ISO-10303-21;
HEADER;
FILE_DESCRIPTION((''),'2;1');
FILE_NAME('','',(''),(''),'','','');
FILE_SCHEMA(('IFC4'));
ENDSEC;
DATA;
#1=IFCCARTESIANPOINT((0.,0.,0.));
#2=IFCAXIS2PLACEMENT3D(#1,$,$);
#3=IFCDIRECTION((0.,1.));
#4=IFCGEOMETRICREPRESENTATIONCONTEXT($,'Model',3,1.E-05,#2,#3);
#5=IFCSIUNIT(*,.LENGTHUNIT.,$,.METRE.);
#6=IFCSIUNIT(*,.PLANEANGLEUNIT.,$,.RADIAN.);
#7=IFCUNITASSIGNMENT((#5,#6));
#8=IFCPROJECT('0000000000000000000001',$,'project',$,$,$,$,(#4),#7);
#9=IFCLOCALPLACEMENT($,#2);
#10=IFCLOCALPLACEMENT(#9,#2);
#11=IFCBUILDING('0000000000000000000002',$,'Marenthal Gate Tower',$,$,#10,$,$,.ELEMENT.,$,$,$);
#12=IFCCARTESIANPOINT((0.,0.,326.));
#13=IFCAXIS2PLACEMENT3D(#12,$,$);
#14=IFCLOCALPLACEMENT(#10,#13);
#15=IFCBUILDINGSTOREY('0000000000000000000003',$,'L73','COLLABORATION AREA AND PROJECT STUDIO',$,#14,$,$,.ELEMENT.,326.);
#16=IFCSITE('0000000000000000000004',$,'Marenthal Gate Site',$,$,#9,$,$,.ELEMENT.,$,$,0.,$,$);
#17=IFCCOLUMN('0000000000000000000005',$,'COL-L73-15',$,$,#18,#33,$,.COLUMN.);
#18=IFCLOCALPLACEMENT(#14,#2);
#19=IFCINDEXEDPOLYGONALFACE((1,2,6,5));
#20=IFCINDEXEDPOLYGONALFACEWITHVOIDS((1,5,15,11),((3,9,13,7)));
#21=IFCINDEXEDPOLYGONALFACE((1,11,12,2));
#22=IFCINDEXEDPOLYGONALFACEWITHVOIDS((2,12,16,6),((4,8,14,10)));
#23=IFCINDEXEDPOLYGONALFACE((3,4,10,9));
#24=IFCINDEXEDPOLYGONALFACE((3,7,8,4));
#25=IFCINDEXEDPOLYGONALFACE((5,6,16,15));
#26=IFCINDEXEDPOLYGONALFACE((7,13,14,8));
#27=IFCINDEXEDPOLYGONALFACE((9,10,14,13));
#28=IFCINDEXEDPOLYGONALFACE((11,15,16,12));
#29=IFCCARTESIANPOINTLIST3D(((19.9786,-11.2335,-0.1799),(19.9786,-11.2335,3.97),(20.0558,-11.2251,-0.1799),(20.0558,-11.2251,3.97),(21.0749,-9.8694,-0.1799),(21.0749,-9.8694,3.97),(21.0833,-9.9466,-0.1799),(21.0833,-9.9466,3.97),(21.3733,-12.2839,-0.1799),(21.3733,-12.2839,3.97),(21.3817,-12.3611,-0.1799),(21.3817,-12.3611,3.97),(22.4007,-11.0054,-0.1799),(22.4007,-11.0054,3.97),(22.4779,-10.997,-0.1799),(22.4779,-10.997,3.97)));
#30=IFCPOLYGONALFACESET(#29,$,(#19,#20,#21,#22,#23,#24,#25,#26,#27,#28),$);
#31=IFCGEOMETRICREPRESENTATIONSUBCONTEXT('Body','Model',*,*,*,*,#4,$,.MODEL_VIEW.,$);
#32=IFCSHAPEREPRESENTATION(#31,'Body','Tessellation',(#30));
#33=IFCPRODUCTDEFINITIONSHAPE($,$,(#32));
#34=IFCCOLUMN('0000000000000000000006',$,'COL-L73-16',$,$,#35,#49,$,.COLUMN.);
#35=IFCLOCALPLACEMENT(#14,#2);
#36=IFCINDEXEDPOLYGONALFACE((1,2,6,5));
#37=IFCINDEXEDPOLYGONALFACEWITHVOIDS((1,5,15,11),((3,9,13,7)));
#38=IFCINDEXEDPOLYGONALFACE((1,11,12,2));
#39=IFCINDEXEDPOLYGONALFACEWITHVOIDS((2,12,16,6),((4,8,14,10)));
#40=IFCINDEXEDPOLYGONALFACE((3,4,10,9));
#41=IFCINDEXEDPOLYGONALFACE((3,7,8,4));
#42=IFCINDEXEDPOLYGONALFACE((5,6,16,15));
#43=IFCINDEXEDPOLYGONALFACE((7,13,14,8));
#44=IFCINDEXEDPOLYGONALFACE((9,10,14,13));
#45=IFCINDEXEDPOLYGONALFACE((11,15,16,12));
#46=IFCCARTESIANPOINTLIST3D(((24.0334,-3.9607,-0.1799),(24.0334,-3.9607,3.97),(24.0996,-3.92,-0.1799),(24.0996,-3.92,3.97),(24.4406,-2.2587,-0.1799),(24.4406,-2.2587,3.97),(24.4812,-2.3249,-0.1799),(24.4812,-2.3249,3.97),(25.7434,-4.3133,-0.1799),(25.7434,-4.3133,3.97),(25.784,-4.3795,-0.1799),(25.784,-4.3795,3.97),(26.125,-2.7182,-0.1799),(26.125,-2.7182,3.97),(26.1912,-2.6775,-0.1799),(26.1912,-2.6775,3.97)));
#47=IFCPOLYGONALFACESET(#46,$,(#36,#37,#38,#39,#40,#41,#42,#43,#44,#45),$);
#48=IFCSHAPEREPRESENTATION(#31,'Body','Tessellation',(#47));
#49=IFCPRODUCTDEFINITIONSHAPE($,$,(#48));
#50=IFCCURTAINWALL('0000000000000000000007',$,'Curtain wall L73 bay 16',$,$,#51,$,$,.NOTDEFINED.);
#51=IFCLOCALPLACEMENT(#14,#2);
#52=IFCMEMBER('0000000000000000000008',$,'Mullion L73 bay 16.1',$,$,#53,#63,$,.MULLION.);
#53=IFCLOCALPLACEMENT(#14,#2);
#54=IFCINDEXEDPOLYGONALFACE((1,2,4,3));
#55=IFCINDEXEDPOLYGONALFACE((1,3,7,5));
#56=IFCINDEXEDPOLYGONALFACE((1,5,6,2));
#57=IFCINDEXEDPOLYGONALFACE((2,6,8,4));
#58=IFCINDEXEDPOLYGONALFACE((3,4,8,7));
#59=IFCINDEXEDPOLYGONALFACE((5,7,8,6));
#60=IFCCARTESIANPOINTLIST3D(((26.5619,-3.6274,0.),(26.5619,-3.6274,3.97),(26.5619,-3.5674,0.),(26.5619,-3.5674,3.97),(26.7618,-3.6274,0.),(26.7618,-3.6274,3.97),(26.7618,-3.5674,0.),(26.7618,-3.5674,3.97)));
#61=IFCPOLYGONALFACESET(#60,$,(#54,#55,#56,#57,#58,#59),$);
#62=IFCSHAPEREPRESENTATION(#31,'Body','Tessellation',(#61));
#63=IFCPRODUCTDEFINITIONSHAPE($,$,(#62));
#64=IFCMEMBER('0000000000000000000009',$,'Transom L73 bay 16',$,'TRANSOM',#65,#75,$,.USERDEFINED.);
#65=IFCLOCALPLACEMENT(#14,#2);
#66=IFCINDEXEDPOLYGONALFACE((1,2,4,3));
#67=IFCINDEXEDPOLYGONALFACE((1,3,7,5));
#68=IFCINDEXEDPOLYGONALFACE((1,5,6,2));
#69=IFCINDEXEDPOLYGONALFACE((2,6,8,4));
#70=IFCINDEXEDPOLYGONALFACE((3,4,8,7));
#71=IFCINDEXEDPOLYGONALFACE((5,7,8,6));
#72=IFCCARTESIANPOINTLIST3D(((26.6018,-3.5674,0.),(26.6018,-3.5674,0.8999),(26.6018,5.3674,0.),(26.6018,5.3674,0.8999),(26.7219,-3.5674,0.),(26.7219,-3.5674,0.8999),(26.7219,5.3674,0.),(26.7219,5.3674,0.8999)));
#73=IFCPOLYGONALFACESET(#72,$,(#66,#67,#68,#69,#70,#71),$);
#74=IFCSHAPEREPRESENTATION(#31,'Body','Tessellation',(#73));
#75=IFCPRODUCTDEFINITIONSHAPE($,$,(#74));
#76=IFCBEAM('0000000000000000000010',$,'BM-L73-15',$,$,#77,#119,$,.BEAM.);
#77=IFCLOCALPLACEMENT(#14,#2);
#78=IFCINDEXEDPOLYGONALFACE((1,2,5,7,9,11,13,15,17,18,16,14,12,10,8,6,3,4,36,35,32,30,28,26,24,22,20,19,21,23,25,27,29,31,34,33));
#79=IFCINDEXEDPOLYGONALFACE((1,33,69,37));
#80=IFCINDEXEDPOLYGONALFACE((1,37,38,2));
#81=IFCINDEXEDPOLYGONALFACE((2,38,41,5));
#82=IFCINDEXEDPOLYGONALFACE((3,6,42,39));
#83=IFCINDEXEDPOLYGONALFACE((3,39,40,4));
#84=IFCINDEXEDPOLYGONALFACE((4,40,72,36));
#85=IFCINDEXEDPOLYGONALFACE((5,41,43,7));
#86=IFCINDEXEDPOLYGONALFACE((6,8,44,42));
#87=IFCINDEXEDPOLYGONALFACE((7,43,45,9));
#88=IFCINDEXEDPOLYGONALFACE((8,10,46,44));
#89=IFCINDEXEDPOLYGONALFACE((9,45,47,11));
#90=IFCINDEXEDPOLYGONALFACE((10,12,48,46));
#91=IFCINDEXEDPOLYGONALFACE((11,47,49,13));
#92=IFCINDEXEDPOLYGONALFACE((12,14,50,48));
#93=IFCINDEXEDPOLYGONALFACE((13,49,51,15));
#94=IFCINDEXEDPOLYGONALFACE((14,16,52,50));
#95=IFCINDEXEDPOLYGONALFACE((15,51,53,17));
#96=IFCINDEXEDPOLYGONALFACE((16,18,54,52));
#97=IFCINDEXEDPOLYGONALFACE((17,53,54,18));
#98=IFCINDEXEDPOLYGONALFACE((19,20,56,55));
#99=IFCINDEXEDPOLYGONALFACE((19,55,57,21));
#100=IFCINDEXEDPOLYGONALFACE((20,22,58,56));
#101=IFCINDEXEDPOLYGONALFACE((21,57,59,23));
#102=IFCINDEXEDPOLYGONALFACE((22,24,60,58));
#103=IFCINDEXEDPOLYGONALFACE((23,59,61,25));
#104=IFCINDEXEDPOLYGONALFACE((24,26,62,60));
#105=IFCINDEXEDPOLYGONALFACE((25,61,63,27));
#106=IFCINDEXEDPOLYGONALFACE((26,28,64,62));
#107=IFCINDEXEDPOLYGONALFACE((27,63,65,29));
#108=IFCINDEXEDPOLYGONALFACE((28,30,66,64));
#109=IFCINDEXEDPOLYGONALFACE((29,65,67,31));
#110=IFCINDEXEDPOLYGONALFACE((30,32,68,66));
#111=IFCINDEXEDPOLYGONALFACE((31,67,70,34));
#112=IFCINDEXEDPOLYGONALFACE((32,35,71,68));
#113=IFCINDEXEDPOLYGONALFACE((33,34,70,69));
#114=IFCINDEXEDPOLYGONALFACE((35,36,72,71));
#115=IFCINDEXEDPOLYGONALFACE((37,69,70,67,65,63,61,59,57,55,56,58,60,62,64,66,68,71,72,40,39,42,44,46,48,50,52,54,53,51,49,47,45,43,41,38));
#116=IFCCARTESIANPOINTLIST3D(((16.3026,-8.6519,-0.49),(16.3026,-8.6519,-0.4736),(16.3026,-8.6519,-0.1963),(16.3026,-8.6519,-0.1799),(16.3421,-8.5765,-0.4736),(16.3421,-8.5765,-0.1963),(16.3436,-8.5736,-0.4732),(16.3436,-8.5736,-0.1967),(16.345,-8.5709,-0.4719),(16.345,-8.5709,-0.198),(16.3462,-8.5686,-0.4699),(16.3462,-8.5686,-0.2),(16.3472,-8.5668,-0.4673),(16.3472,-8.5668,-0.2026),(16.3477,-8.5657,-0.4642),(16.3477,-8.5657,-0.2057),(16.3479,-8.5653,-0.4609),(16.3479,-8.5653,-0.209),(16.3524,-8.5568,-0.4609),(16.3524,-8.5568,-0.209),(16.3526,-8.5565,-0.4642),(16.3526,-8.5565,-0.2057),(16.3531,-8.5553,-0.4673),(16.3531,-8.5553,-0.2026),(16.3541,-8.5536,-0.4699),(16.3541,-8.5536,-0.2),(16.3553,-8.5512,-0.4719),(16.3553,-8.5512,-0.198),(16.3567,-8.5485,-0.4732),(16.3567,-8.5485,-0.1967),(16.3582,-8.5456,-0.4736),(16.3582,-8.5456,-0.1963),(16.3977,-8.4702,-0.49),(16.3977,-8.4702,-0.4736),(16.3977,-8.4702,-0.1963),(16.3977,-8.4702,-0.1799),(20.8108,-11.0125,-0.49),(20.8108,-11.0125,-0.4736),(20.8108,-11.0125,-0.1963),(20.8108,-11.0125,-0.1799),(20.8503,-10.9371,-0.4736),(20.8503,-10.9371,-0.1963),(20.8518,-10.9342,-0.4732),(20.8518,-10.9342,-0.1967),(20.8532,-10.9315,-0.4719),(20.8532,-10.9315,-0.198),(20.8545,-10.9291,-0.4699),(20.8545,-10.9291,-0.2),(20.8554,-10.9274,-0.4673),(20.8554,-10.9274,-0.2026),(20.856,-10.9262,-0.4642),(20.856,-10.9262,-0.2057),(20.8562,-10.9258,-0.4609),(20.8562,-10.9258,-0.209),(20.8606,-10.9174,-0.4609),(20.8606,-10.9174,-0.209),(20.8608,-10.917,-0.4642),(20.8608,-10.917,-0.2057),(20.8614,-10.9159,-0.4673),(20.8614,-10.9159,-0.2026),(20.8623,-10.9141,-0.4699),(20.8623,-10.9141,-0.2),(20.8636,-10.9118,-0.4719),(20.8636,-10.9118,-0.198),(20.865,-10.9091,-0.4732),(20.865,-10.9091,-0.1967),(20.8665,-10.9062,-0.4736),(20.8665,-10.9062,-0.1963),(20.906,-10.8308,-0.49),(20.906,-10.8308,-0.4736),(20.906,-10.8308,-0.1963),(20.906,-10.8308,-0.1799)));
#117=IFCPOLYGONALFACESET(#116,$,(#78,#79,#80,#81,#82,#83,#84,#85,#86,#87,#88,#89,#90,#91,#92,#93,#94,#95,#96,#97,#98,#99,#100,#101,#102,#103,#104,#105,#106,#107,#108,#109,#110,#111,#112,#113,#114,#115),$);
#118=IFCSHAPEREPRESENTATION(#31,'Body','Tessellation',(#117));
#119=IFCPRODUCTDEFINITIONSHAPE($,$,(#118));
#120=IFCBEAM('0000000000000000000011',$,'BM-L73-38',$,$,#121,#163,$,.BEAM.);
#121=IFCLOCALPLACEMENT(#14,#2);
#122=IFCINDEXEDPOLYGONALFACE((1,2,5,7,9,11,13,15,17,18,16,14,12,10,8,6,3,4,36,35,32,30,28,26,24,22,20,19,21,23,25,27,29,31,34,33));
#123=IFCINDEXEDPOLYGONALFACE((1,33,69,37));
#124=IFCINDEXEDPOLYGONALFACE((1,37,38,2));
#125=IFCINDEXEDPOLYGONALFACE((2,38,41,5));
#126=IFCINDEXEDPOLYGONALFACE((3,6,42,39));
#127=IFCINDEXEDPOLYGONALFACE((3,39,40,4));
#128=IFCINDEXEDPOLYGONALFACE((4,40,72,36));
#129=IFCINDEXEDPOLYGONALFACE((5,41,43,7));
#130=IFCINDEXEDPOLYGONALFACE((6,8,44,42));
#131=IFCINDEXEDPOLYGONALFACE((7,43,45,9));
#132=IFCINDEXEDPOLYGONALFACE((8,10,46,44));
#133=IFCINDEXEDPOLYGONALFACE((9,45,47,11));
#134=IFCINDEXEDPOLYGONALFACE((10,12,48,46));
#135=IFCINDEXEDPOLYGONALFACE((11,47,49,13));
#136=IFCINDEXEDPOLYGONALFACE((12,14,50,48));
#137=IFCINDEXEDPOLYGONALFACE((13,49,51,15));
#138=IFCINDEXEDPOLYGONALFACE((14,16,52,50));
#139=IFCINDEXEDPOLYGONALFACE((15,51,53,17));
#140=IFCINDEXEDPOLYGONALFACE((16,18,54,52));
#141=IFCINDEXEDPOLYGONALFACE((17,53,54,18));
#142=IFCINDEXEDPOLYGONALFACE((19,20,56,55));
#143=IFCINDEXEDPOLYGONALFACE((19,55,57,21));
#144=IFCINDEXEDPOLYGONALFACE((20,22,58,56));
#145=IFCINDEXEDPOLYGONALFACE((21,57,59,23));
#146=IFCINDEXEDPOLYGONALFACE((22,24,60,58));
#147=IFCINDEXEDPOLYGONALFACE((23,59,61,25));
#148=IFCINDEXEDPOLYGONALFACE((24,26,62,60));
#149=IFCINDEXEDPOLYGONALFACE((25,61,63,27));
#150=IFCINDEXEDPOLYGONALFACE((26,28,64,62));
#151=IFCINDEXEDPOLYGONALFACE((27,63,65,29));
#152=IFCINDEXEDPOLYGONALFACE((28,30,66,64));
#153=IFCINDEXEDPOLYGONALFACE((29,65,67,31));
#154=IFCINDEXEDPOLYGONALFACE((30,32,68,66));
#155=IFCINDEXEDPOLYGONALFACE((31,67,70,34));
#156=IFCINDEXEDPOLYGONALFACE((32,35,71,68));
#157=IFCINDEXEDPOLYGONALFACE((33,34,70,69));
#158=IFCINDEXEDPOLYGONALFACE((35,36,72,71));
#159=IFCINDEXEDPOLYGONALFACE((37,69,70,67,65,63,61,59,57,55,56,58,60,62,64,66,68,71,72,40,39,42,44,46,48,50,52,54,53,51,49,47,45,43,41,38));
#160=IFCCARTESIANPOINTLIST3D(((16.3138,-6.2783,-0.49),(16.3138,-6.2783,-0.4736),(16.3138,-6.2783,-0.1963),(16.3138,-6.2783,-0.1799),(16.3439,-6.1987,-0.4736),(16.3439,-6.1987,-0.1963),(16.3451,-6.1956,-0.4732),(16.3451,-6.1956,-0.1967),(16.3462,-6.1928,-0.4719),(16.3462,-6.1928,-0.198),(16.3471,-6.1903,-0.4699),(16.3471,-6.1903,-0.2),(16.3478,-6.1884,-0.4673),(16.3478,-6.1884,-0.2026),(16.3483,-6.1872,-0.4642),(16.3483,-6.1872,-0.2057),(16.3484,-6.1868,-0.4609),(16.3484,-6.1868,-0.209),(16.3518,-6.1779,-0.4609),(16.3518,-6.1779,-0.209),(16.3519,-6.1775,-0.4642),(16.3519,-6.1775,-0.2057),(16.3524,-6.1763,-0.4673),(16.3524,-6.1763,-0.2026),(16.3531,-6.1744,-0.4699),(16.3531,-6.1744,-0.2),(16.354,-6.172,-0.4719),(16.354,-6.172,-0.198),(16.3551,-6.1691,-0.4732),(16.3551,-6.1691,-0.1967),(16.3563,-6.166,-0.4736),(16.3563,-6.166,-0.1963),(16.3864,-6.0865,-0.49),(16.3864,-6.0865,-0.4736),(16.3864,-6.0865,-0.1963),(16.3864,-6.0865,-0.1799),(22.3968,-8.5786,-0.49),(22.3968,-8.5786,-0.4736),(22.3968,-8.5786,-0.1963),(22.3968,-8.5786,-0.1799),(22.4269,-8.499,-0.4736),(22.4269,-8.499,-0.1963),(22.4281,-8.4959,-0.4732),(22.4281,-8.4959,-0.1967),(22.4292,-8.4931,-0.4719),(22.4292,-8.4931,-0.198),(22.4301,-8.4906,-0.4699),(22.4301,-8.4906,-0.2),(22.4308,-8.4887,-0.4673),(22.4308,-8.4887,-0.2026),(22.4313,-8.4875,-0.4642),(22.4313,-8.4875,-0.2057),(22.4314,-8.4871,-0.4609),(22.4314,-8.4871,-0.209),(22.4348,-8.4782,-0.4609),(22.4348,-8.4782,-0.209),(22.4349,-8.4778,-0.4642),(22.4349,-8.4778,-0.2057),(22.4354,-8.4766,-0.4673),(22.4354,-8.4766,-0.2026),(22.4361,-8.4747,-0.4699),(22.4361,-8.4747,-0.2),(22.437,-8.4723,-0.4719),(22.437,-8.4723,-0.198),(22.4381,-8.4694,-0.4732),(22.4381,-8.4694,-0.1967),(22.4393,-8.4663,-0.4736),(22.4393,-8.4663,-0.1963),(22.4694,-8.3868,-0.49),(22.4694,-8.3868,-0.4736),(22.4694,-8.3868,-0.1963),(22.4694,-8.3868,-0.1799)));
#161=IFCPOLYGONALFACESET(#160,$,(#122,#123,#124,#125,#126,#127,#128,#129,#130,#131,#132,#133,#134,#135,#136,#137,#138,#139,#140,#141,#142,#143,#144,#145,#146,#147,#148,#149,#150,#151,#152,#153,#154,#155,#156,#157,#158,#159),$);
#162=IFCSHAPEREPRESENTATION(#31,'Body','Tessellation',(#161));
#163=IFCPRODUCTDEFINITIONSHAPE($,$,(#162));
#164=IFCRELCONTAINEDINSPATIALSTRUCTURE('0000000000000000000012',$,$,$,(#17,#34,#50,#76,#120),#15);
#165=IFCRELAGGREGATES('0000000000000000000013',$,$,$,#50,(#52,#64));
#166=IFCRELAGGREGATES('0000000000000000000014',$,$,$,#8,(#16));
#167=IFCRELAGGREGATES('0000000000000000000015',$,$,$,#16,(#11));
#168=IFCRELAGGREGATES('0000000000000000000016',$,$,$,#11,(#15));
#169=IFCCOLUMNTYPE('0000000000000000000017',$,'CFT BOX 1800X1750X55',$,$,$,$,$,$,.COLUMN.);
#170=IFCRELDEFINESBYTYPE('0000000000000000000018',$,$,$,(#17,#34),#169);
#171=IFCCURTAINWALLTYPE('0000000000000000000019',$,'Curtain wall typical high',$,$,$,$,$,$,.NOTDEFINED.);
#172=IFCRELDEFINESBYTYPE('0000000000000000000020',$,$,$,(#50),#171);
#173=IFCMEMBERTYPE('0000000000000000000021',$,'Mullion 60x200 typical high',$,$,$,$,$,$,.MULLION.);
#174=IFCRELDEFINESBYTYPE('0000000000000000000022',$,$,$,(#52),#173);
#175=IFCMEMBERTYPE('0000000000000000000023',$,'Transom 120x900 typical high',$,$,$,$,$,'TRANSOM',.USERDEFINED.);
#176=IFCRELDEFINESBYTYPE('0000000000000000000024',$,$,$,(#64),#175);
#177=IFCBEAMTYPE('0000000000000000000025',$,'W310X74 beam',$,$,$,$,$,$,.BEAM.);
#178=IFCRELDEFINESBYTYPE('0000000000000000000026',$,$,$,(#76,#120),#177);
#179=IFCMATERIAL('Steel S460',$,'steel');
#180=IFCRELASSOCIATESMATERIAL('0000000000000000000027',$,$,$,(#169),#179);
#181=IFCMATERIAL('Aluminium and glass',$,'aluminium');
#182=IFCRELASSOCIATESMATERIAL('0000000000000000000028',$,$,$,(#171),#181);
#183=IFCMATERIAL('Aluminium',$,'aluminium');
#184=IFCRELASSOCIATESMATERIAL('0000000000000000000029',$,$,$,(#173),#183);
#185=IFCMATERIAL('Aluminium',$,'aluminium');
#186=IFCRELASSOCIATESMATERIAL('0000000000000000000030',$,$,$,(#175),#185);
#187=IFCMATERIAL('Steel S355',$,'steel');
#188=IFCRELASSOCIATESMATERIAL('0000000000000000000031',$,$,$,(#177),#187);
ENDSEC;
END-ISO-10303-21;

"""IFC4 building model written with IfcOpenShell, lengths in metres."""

from ifc_helpers import new_model, si_unit, direction, frame, origin, origin_2d, place, context, subcontext, project, spatial, rectangle, hollow_rectangle, i_section, extrude, material, material_profile, profile_set, type_object, element, aggregate, save


model = new_model("IFC4")

# Units and contexts
model_context = context("Model", 3, precision=1e-05, world=origin(), true_north=direction((0.0, 1.0)))
body_context = subcontext(model_context, "Body", "Model", "MODEL_VIEW")
ifc_project = project(units=[si_unit("LENGTHUNIT", "METRE"), si_unit("PLANEANGLEUNIT", "RADIAN")], contexts=[model_context])

# Site, building, storey
site_placement = place(None, origin())
site = spatial("IfcSite", under=ifc_project, at=site_placement, Name="Marenthal Gate Site", CompositionType="ELEMENT", RefElevation=0.0)
building_placement = place(site_placement, origin())
building = spatial("IfcBuilding", under=site, at=building_placement, Name="Marenthal Gate Tower", CompositionType="ELEMENT")
storey_placement = place(building_placement, frame((0.0, 0.0, 326.0)))
storey = spatial("IfcBuildingStorey", under=building, at=storey_placement, Name="L73", Description="COLLABORATION AREA AND PROJECT STUDIO", CompositionType="ELEMENT", Elevation=326.0)

# Columns
ifc_material_1 = material(Name="Steel S460", Category="steel")
ifc_material_profile_1 = material_profile(ifc_material_1, hollow_rectangle(XDim=1.75, YDim=1.8, WallThickness=0.0549, at=origin_2d()), Name="CFT BOX 1800X1750X55")
ifc_material_2 = material(Name="Concrete 70 MPa", Category="concrete")
ifc_material_profile_2 = material_profile(ifc_material_2, rectangle(XDim=1.6399, YDim=1.6899, at=origin_2d()), Name="CFT BOX 1800X1750X55 INFILL")
ifc_profile_set_1 = profile_set([ifc_material_profile_1, ifc_material_profile_2], Name="Steel S460 shell, Concrete 70 MPa infill")
column_type = type_object("IfcColumnType", Name="CFT BOX 1800X1750X55", PredefinedType="COLUMN", material=ifc_profile_set_1)
for number, where, z_axis, x_axis, name in (
    (1, (21.2283, -11.1152, -0.1799), (0.0, 0.0, 1.0), (-0.626431, -0.779477, 0.0), "COL-L73-15"),
    (2, (25.1123, -3.3191, -0.1799), (0.0, 0.0, 1.0), (-0.232677, -0.972554, 0.0), "COL-L73-16"),
):
    element("IfcColumn", number, at=place(storey_placement, frame(where, z_axis=z_axis, x_axis=x_axis)), inside=storey, type_object=column_type, Name=name, PredefinedType="COLUMN", context=body_context, shape_type="SweptSolid", body=[
        extrude(hollow_rectangle(XDim=1.75, YDim=1.8, WallThickness=0.0549, at=origin_2d()), origin(), (0.0, 0.0, 1.0), 4.1499),
    ])

# Curtain wall, members
ifc_material_3 = material(Name="Aluminium and glass", Category="aluminium")
curtain_wall_type = type_object("IfcCurtainWallType", Name="Curtain wall typical high", PredefinedType="NOTDEFINED", material=ifc_material_3)
curtain_wall_placement = place(storey_placement, origin())
curtain_wall = element("IfcCurtainWall", 3, at=curtain_wall_placement, inside=storey, type_object=curtain_wall_type, Name="Curtain wall L73 bay 16", PredefinedType="NOTDEFINED")
ifc_material_4 = material(Name="Aluminium", Category="aluminium")
ifc_material_profile_3 = material_profile(ifc_material_4, rectangle(XDim=0.2, YDim=0.0601, at=origin_2d()), Name="60x200 aluminium mullion")
ifc_profile_set_2 = profile_set([ifc_material_profile_3], Name="Aluminium")
member_type_1 = type_object("IfcMemberType", Name="Mullion 60x200 typical high", PredefinedType="MULLION", material=ifc_profile_set_2)
member_1_placement = place(storey_placement, frame((26.6619, -3.5974, 0.0), z_axis=(0.0, 0.0, 1.0), x_axis=(-1.0, 0.0, 0.0)))
member_1 = element("IfcMember", 4, at=member_1_placement, type_object=member_type_1, Name="Mullion L73 bay 16.1", PredefinedType="MULLION", context=body_context, shape_type="SweptSolid", body=[
    extrude(rectangle(XDim=0.2, YDim=0.0601, at=origin_2d()), origin(), (0.0, 0.0, 1.0), 3.97),
])
ifc_material_5 = material(Name="Aluminium", Category="aluminium")
ifc_material_profile_4 = material_profile(ifc_material_5, rectangle(XDim=0.1201, YDim=0.8999, at=origin_2d()), Name="120x900 aluminium transom")
ifc_profile_set_3 = profile_set([ifc_material_profile_4], Name="Aluminium")
member_type_2 = type_object("IfcMemberType", Name="Transom 120x900 typical high", ElementType="TRANSOM", PredefinedType="USERDEFINED", material=ifc_profile_set_3)
member_2_placement = place(storey_placement, frame((26.6619, -3.5674, 0.45), z_axis=(0.0, 1.0, 0.0), x_axis=(-1.0, 0.0, 0.0)))
member_2 = element("IfcMember", 5, at=member_2_placement, type_object=member_type_2, Name="Transom L73 bay 16", ObjectType="TRANSOM", PredefinedType="USERDEFINED", context=body_context, shape_type="SweptSolid", body=[
    extrude(rectangle(XDim=0.1201, YDim=0.8999, at=origin_2d()), origin(), (0.0, 0.0, 1.0), 8.9348),
])

# Beams
ifc_material_6 = material(Name="Steel S355", Category="steel")
ifc_material_profile_5 = material_profile(ifc_material_6, i_section(OverallWidth=0.2051, OverallDepth=0.3101, WebThickness=0.0095, FlangeThickness=0.0164, FilletRadius=0.0127, at=origin_2d()), Name="W310X74")
ifc_profile_set_4 = profile_set([ifc_material_profile_5], Name="Steel S355")
beam_type_1 = type_object("IfcBeamType", Name="W310X74 beam", PredefinedType="BEAM", material=ifc_profile_set_4)
beam_1_placement = place(storey_placement, frame((20.8584, -10.9216, -0.335), z_axis=(-0.885904, 0.463869, 0.0), x_axis=(-0.463869, -0.885904, 0.0)))
element("IfcBeam", 6, at=beam_1_placement, inside=storey, type_object=beam_type_1, Name="BM-L73-15", PredefinedType="BEAM", context=body_context, shape_type="SweptSolid", body=[
    extrude(i_section(OverallWidth=0.2051, OverallDepth=0.3101, WebThickness=0.0095, FlangeThickness=0.0164, FilletRadius=0.0127, at=origin_2d()), origin(), (0.0, 0.0, 1.0), 5.0889),
])
beam_2_placement = place(storey_placement, frame((22.4331, -8.4827, -0.335), z_axis=(-0.935357, 0.353706, 0.0), x_axis=(-0.353706, -0.935357, 0.0)))
element("IfcBeam", 7, at=beam_2_placement, inside=storey, type_object=beam_type_1, Name="BM-L73-38", PredefinedType="BEAM", context=body_context, shape_type="SweptSolid", body=[
    extrude(i_section(OverallWidth=0.2051, OverallDepth=0.3101, WebThickness=0.0095, FlangeThickness=0.0164, FilletRadius=0.0127, at=origin_2d()), origin(), (0.0, 0.0, 1.0), 6.5034),
])

aggregate(curtain_wall, [member_1, member_2])

save(model, "model.ifc")
